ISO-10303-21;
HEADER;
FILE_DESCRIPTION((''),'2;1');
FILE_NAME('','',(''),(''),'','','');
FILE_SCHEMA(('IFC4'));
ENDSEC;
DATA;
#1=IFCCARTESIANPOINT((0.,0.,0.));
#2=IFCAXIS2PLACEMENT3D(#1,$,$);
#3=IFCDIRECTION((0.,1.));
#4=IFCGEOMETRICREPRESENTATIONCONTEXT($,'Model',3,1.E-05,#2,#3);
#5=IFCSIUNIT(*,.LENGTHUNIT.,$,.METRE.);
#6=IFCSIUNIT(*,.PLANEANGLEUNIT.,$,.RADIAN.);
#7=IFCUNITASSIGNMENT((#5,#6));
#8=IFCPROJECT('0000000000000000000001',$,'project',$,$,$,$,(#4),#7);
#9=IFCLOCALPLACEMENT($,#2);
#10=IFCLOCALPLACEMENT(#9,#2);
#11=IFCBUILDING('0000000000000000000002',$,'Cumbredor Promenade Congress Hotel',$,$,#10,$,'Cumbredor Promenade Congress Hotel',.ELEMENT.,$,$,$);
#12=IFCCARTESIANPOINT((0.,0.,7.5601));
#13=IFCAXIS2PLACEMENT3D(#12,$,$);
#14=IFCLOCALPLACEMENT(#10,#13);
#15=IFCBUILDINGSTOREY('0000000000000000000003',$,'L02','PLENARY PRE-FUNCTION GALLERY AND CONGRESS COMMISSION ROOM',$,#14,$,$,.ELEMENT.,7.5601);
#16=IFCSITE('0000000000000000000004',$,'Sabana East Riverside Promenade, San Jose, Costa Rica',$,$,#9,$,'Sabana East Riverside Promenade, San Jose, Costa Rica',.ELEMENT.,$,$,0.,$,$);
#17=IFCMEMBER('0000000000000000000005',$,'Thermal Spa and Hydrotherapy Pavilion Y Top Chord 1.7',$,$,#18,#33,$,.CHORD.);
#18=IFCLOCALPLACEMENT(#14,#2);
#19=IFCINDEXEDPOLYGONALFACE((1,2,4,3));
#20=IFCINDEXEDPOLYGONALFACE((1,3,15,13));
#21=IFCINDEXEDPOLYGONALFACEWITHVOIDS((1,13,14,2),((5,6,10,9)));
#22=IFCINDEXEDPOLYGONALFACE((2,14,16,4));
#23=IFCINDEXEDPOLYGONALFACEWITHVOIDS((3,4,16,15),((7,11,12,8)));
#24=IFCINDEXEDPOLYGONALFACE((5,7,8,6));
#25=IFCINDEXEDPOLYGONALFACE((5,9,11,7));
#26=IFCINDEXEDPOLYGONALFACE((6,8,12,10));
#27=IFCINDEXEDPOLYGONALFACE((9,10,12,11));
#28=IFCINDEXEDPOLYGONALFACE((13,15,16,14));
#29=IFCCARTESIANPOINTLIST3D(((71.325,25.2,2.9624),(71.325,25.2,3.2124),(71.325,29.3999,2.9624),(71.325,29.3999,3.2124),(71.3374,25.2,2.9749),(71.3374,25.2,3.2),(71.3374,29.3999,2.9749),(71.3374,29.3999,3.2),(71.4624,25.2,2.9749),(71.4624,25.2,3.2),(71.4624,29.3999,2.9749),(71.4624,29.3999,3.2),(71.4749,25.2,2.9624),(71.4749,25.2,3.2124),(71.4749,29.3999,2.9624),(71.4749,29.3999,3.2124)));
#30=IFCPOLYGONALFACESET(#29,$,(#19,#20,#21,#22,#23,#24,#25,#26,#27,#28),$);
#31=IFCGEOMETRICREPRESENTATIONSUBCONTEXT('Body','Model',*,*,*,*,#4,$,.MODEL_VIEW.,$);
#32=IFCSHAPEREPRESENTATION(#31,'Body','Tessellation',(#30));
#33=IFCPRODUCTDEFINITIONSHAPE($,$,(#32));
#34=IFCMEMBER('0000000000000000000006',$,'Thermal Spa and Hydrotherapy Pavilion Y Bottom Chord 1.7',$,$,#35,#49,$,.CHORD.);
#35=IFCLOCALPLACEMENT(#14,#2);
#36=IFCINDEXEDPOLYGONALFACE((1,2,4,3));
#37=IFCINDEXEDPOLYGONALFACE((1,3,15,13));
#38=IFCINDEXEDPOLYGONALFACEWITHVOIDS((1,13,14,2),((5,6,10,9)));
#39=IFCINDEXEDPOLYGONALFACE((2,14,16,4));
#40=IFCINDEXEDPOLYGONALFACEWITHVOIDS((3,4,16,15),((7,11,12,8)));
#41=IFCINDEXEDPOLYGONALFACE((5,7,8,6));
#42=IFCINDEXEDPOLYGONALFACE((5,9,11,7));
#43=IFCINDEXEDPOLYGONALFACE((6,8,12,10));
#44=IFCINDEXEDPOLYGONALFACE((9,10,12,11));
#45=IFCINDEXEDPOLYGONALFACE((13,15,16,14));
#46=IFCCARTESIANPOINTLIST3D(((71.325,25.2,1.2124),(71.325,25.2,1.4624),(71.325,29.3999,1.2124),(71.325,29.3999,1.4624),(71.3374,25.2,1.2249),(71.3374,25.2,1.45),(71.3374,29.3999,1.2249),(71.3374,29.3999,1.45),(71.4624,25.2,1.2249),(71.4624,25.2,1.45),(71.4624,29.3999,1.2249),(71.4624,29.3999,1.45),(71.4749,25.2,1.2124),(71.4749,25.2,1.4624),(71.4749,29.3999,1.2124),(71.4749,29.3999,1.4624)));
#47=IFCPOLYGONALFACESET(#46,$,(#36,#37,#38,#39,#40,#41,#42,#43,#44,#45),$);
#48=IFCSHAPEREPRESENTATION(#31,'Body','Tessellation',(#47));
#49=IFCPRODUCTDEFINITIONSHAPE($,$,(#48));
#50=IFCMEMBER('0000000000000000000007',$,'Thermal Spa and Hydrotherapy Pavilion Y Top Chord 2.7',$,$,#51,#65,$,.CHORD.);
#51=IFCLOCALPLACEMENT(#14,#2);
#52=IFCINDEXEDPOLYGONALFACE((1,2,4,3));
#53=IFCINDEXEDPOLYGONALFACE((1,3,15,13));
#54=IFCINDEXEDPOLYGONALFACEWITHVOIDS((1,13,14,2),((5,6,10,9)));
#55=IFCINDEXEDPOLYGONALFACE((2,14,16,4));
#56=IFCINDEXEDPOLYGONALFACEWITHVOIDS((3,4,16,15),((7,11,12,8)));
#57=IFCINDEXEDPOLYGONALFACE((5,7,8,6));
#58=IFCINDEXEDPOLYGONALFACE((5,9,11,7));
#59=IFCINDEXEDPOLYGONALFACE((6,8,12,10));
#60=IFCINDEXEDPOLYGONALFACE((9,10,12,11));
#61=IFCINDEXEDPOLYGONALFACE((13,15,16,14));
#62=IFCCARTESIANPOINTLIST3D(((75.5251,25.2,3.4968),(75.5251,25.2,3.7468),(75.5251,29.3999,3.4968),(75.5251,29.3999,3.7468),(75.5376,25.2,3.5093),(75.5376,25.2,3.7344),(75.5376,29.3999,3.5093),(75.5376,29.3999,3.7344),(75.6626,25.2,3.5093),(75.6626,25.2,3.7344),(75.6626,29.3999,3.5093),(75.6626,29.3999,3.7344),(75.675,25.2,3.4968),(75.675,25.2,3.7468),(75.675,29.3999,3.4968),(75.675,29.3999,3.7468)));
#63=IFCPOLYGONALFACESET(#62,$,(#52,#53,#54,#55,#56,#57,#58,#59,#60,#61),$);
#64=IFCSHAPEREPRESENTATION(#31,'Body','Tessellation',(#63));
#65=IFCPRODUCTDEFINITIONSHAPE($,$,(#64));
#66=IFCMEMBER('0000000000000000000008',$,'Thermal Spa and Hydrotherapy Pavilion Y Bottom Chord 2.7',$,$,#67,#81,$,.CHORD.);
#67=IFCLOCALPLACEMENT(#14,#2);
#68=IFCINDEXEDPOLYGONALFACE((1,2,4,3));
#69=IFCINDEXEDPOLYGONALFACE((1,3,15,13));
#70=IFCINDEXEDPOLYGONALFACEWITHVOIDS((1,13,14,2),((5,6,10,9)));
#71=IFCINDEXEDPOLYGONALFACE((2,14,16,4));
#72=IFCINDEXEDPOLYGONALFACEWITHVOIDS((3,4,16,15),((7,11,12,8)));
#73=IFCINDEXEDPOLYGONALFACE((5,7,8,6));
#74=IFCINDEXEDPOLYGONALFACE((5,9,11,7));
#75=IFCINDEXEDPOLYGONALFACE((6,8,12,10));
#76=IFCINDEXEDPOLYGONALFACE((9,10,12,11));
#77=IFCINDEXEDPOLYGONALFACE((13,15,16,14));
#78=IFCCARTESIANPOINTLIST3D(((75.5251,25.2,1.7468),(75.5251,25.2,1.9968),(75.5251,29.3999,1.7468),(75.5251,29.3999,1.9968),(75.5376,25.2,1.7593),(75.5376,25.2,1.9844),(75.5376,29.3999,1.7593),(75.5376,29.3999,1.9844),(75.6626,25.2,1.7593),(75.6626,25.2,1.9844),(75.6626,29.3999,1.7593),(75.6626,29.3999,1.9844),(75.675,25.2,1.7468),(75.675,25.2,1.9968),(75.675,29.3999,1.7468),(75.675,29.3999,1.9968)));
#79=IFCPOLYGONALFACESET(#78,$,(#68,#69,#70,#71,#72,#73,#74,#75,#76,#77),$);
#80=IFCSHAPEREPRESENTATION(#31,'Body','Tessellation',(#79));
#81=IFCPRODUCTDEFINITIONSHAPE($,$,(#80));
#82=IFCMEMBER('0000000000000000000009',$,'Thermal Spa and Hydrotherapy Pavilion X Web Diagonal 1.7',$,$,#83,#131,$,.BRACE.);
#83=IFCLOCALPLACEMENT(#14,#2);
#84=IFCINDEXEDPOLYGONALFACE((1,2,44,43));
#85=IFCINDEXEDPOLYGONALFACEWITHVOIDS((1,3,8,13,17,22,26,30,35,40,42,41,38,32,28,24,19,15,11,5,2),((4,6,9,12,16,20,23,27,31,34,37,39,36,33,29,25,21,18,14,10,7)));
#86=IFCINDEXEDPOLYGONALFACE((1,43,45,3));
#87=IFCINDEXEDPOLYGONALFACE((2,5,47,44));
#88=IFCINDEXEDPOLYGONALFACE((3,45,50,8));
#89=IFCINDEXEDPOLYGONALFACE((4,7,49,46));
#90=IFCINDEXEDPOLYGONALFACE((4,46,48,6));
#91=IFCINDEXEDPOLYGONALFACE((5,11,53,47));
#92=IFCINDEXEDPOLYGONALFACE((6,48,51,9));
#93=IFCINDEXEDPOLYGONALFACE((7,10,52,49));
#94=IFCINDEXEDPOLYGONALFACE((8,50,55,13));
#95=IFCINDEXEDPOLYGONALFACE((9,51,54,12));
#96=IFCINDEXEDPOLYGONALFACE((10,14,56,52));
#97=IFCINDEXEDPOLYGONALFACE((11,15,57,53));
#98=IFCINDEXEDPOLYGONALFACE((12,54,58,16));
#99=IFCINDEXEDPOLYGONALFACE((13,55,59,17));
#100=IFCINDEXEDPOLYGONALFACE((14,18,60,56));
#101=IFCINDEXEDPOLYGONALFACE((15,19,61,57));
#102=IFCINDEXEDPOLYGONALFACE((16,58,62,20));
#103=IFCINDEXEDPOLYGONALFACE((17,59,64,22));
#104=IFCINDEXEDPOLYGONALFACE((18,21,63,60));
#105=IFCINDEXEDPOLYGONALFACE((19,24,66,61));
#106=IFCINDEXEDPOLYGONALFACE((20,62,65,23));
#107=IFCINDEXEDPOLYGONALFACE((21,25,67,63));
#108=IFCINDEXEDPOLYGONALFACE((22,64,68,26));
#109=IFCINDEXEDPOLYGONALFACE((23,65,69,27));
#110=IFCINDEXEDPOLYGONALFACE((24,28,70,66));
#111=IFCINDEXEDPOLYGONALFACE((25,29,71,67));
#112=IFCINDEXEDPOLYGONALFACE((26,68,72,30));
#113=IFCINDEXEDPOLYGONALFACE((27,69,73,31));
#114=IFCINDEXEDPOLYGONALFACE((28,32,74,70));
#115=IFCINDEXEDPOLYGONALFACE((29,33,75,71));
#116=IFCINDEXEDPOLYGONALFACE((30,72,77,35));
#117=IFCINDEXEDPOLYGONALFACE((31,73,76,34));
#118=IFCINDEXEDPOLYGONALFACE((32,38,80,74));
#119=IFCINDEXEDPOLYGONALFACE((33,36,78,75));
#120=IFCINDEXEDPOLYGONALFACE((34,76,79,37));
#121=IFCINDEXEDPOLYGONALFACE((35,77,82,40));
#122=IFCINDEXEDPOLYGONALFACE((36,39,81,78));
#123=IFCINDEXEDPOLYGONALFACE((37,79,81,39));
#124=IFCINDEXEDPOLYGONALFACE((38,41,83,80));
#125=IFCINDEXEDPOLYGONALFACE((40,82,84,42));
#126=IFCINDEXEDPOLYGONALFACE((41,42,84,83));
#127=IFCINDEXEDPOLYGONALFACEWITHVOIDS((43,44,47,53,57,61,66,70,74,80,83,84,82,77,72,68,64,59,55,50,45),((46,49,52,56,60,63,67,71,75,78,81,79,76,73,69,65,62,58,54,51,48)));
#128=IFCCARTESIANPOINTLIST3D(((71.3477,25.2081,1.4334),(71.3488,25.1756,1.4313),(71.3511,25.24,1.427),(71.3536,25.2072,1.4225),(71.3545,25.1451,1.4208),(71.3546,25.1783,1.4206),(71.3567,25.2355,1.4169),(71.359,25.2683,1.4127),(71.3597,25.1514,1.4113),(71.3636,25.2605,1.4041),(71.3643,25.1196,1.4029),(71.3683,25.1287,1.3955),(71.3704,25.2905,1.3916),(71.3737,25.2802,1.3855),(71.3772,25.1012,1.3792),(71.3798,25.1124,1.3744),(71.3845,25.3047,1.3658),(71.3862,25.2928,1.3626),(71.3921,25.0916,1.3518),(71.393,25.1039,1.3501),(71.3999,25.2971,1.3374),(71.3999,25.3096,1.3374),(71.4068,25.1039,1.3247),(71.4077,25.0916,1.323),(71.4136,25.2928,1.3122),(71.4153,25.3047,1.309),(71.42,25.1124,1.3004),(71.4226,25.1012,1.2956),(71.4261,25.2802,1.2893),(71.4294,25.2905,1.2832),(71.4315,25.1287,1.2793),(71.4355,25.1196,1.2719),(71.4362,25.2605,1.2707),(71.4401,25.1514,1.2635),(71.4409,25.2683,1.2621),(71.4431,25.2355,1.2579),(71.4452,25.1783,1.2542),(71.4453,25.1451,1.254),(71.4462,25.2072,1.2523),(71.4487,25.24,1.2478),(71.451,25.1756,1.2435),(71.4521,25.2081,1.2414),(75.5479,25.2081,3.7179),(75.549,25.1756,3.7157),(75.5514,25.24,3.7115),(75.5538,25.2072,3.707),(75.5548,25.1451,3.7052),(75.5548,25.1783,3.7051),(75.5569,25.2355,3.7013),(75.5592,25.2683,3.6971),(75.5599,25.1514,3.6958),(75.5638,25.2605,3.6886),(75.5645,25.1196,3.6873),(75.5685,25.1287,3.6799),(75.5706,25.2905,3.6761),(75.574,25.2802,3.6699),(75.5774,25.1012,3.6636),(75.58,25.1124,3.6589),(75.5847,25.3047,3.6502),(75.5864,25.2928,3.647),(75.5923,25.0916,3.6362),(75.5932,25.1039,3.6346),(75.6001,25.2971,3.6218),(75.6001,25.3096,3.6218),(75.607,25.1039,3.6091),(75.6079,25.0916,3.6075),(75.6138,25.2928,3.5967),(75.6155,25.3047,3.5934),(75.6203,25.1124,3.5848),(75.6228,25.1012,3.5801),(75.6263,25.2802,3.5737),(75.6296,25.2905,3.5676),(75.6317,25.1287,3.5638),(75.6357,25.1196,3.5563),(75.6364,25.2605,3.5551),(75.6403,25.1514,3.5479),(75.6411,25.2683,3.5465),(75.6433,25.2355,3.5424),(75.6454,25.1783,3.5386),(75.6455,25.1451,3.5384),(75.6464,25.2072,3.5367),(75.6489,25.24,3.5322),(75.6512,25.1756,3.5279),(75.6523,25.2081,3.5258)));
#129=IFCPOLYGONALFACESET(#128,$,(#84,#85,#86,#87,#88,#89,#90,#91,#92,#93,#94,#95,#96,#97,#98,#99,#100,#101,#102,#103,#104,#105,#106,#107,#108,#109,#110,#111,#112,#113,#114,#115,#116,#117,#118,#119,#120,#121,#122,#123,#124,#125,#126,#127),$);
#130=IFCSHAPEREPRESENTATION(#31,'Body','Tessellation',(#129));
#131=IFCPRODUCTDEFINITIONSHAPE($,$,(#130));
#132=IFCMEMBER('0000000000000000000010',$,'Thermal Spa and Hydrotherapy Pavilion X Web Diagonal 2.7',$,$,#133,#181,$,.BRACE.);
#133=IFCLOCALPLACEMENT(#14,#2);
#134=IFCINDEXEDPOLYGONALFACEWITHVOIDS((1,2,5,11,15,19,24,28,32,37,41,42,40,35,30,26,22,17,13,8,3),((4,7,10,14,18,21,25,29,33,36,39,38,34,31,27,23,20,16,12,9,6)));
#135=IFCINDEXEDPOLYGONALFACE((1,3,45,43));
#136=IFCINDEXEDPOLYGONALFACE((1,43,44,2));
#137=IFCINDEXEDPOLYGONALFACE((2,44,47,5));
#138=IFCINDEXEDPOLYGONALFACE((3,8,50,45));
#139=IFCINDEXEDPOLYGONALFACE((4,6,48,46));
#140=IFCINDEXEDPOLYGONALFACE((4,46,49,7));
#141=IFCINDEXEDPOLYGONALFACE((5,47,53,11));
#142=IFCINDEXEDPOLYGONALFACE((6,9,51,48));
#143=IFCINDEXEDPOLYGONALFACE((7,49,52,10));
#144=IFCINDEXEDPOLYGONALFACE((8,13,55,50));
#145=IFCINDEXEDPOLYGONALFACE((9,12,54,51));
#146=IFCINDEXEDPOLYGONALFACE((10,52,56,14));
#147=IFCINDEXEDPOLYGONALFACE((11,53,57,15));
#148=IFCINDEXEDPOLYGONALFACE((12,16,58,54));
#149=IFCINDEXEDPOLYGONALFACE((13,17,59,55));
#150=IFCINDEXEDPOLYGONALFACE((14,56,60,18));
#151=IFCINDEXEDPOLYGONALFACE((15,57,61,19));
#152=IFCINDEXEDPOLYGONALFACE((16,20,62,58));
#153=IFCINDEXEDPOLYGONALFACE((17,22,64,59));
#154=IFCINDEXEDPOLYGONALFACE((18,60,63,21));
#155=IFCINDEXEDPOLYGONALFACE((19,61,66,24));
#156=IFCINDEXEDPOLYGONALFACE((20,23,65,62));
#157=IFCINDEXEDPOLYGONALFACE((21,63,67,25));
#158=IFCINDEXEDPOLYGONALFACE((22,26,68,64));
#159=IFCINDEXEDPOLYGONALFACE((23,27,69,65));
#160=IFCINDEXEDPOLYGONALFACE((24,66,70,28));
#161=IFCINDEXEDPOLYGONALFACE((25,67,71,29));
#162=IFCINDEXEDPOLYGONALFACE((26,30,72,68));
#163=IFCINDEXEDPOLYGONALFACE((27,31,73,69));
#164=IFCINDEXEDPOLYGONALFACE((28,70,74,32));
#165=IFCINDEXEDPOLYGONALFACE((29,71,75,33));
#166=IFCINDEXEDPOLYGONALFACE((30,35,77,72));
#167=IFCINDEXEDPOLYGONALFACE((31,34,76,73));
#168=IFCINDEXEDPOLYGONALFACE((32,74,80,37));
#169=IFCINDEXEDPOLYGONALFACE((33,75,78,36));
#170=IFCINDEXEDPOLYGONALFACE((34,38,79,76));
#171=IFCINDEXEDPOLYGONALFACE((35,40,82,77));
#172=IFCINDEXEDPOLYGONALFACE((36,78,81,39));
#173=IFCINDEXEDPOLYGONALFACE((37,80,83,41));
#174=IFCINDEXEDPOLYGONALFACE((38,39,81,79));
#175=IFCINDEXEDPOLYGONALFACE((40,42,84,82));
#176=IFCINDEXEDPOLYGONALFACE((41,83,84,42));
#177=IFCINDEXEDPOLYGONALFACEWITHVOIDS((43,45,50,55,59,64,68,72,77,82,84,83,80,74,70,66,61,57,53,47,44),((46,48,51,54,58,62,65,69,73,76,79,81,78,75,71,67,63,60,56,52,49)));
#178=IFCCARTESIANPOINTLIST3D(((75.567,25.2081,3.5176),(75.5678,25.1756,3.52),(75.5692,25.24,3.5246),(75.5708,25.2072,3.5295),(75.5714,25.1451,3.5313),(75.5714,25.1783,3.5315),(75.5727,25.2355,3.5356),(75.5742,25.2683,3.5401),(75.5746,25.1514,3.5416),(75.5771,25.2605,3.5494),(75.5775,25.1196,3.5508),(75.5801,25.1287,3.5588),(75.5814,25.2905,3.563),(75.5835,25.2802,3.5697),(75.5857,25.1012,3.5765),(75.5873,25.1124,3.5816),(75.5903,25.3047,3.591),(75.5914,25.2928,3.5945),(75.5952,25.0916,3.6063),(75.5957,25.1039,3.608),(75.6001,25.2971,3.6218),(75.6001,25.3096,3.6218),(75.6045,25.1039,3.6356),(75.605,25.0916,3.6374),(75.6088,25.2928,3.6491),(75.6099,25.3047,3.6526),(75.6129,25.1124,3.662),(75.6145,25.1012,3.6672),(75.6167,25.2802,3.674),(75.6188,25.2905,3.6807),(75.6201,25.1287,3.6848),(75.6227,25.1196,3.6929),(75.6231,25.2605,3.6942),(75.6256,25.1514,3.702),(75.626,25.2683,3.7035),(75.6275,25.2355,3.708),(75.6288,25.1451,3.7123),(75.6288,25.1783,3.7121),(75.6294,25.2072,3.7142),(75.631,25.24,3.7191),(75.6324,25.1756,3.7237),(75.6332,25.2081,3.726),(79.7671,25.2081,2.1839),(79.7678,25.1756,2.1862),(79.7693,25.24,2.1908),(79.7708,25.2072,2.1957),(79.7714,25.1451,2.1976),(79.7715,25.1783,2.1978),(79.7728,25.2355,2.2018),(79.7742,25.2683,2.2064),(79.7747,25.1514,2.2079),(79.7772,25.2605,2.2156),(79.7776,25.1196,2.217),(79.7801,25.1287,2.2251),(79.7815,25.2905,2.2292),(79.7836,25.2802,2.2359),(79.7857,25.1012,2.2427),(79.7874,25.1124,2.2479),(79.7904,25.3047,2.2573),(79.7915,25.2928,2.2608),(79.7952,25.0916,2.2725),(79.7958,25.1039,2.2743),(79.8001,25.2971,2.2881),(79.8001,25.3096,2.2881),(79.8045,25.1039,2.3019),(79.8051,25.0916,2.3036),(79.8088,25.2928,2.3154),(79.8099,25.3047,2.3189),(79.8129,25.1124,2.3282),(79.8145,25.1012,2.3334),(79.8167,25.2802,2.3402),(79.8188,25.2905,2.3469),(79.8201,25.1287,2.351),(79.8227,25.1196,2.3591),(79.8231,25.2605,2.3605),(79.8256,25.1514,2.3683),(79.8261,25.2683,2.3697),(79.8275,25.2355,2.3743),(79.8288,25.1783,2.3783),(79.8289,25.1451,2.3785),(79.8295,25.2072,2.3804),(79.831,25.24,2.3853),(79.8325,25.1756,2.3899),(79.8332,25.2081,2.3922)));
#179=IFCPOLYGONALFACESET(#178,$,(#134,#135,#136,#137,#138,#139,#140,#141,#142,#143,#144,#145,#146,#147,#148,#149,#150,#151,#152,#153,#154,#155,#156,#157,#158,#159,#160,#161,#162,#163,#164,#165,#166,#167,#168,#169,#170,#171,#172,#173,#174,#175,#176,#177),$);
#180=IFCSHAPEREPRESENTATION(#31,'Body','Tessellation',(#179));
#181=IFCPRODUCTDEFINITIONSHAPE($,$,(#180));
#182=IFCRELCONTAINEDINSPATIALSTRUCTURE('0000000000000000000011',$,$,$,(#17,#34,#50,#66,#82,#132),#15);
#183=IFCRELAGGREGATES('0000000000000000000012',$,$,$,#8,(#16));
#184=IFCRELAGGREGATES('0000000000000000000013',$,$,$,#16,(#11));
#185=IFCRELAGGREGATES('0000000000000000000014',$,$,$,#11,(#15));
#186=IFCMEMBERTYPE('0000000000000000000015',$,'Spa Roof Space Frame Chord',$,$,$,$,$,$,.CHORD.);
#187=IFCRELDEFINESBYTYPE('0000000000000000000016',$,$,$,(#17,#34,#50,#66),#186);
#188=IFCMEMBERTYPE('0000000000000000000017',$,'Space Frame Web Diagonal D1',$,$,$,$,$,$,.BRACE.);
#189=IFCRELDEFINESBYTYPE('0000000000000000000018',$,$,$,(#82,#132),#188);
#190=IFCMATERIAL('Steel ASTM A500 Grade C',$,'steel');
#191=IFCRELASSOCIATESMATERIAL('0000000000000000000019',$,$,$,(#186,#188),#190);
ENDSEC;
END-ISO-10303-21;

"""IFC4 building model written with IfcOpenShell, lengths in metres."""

from ifc_helpers import new_model, si_unit, direction, frame, origin, origin_2d, place, context, subcontext, project, spatial, hollow_rectangle, hollow_circle, extrude, material, material_profile, profile_set, type_object, element, save


model = new_model("IFC4")

# Units and contexts
model_context = context("Model", 3, precision=1e-05, world=origin(), true_north=direction((0.0, 1.0)))
body_context = subcontext(model_context, "Body", "Model", "MODEL_VIEW")
ifc_project = project(units=[si_unit("LENGTHUNIT", "METRE"), si_unit("PLANEANGLEUNIT", "RADIAN")], contexts=[model_context])

# Site, building, storey
site_placement = place(None, origin())
site = spatial("IfcSite", under=ifc_project, at=site_placement, Name="Sabana East Riverside Promenade, San Jose, Costa Rica", LongName="Sabana East Riverside Promenade, San Jose, Costa Rica", CompositionType="ELEMENT", RefElevation=0.0)
building_placement = place(site_placement, origin())
building = spatial("IfcBuilding", under=site, at=building_placement, Name="Cumbredor Promenade Congress Hotel", LongName="Cumbredor Promenade Congress Hotel", CompositionType="ELEMENT")
storey_placement = place(building_placement, frame((0.0, 0.0, 7.5601)))
storey = spatial("IfcBuildingStorey", under=building, at=storey_placement, Name="L02", Description="PLENARY PRE-FUNCTION GALLERY AND CONGRESS COMMISSION ROOM", CompositionType="ELEMENT", Elevation=7.5601)

# Members
ifc_material_1 = material(Name="Steel ASTM A500 Grade C", Category="steel")
ifc_material_profile_1 = material_profile(ifc_material_1, hollow_rectangle(XDim=0.1499, YDim=0.25, WallThickness=0.0125, at=origin_2d()), Name="HSS 250x150x12.5")
ifc_profile_set_1 = profile_set([ifc_material_profile_1], Name="Steel ASTM A500 Grade C")
member_type_1 = type_object("IfcMemberType", Name="Spa Roof Space Frame Chord", PredefinedType="CHORD", material=ifc_profile_set_1)
for number, where, z_axis, x_axis, name in (
    (1, (71.3999, 25.2, 3.0874), (0.0, 1.0, 0.0), (-1.0, 0.0, 0.0), "Thermal Spa and Hydrotherapy Pavilion Y Top Chord 1.7"),
    (2, (71.3999, 25.2, 1.3374), (0.0, 1.0, 0.0), (-1.0, 0.0, 0.0), "Thermal Spa and Hydrotherapy Pavilion Y Bottom Chord 1.7"),
    (3, (75.6001, 25.2, 3.6218), (0.0, 1.0, 0.0), (-1.0, 0.0, 0.0), "Thermal Spa and Hydrotherapy Pavilion Y Top Chord 2.7"),
    (4, (75.6001, 25.2, 1.8718), (0.0, 1.0, 0.0), (-1.0, 0.0, 0.0), "Thermal Spa and Hydrotherapy Pavilion Y Bottom Chord 2.7"),
):
    element("IfcMember", number, at=place(storey_placement, frame(where, z_axis=z_axis, x_axis=x_axis)), inside=storey, type_object=member_type_1, Name=name, PredefinedType="CHORD", context=body_context, shape_type="SweptSolid", body=[
        extrude(hollow_rectangle(XDim=0.1499, YDim=0.25, WallThickness=0.0125, at=origin_2d()), origin(), (0.0, 0.0, 1.0), 4.2),
    ])
ifc_material_profile_2 = material_profile(ifc_material_1, hollow_circle(Radius=0.1096, WallThickness=0.0125, at=origin_2d()), Name="CHS 219.1x12.5")
ifc_profile_set_2 = profile_set([ifc_material_profile_2], Name="Steel ASTM A500 Grade C")
member_type_2 = type_object("IfcMemberType", Name="Space Frame Web Diagonal D1", PredefinedType="BRACE", material=ifc_profile_set_2)
member_1_placement = place(storey_placement, frame((71.3999, 25.2, 1.3374), z_axis=(0.878475, 0.0, 0.477789), x_axis=(0.0, 1.0, 0.0)))
element("IfcMember", 5, at=member_1_placement, inside=storey, type_object=member_type_2, Name="Thermal Spa and Hydrotherapy Pavilion X Web Diagonal 1.7", PredefinedType="BRACE", context=body_context, shape_type="SweptSolid", body=[
    extrude(hollow_circle(Radius=0.1096, WallThickness=0.0125, at=origin_2d()), origin(), (0.0, 0.0, 1.0), 4.7812),
])
member_2_placement = place(storey_placement, frame((75.6001, 25.2, 3.6218), z_axis=(0.953097, 0.0, -0.302666), x_axis=(0.0, 1.0, 0.0)))
element("IfcMember", 6, at=member_2_placement, inside=storey, type_object=member_type_2, Name="Thermal Spa and Hydrotherapy Pavilion X Web Diagonal 2.7", PredefinedType="BRACE", context=body_context, shape_type="SweptSolid", body=[
    extrude(hollow_circle(Radius=0.1096, WallThickness=0.0125, at=origin_2d()), origin(), (0.0, 0.0, 1.0), 4.4067),
])

save(model, "model.ifc")
